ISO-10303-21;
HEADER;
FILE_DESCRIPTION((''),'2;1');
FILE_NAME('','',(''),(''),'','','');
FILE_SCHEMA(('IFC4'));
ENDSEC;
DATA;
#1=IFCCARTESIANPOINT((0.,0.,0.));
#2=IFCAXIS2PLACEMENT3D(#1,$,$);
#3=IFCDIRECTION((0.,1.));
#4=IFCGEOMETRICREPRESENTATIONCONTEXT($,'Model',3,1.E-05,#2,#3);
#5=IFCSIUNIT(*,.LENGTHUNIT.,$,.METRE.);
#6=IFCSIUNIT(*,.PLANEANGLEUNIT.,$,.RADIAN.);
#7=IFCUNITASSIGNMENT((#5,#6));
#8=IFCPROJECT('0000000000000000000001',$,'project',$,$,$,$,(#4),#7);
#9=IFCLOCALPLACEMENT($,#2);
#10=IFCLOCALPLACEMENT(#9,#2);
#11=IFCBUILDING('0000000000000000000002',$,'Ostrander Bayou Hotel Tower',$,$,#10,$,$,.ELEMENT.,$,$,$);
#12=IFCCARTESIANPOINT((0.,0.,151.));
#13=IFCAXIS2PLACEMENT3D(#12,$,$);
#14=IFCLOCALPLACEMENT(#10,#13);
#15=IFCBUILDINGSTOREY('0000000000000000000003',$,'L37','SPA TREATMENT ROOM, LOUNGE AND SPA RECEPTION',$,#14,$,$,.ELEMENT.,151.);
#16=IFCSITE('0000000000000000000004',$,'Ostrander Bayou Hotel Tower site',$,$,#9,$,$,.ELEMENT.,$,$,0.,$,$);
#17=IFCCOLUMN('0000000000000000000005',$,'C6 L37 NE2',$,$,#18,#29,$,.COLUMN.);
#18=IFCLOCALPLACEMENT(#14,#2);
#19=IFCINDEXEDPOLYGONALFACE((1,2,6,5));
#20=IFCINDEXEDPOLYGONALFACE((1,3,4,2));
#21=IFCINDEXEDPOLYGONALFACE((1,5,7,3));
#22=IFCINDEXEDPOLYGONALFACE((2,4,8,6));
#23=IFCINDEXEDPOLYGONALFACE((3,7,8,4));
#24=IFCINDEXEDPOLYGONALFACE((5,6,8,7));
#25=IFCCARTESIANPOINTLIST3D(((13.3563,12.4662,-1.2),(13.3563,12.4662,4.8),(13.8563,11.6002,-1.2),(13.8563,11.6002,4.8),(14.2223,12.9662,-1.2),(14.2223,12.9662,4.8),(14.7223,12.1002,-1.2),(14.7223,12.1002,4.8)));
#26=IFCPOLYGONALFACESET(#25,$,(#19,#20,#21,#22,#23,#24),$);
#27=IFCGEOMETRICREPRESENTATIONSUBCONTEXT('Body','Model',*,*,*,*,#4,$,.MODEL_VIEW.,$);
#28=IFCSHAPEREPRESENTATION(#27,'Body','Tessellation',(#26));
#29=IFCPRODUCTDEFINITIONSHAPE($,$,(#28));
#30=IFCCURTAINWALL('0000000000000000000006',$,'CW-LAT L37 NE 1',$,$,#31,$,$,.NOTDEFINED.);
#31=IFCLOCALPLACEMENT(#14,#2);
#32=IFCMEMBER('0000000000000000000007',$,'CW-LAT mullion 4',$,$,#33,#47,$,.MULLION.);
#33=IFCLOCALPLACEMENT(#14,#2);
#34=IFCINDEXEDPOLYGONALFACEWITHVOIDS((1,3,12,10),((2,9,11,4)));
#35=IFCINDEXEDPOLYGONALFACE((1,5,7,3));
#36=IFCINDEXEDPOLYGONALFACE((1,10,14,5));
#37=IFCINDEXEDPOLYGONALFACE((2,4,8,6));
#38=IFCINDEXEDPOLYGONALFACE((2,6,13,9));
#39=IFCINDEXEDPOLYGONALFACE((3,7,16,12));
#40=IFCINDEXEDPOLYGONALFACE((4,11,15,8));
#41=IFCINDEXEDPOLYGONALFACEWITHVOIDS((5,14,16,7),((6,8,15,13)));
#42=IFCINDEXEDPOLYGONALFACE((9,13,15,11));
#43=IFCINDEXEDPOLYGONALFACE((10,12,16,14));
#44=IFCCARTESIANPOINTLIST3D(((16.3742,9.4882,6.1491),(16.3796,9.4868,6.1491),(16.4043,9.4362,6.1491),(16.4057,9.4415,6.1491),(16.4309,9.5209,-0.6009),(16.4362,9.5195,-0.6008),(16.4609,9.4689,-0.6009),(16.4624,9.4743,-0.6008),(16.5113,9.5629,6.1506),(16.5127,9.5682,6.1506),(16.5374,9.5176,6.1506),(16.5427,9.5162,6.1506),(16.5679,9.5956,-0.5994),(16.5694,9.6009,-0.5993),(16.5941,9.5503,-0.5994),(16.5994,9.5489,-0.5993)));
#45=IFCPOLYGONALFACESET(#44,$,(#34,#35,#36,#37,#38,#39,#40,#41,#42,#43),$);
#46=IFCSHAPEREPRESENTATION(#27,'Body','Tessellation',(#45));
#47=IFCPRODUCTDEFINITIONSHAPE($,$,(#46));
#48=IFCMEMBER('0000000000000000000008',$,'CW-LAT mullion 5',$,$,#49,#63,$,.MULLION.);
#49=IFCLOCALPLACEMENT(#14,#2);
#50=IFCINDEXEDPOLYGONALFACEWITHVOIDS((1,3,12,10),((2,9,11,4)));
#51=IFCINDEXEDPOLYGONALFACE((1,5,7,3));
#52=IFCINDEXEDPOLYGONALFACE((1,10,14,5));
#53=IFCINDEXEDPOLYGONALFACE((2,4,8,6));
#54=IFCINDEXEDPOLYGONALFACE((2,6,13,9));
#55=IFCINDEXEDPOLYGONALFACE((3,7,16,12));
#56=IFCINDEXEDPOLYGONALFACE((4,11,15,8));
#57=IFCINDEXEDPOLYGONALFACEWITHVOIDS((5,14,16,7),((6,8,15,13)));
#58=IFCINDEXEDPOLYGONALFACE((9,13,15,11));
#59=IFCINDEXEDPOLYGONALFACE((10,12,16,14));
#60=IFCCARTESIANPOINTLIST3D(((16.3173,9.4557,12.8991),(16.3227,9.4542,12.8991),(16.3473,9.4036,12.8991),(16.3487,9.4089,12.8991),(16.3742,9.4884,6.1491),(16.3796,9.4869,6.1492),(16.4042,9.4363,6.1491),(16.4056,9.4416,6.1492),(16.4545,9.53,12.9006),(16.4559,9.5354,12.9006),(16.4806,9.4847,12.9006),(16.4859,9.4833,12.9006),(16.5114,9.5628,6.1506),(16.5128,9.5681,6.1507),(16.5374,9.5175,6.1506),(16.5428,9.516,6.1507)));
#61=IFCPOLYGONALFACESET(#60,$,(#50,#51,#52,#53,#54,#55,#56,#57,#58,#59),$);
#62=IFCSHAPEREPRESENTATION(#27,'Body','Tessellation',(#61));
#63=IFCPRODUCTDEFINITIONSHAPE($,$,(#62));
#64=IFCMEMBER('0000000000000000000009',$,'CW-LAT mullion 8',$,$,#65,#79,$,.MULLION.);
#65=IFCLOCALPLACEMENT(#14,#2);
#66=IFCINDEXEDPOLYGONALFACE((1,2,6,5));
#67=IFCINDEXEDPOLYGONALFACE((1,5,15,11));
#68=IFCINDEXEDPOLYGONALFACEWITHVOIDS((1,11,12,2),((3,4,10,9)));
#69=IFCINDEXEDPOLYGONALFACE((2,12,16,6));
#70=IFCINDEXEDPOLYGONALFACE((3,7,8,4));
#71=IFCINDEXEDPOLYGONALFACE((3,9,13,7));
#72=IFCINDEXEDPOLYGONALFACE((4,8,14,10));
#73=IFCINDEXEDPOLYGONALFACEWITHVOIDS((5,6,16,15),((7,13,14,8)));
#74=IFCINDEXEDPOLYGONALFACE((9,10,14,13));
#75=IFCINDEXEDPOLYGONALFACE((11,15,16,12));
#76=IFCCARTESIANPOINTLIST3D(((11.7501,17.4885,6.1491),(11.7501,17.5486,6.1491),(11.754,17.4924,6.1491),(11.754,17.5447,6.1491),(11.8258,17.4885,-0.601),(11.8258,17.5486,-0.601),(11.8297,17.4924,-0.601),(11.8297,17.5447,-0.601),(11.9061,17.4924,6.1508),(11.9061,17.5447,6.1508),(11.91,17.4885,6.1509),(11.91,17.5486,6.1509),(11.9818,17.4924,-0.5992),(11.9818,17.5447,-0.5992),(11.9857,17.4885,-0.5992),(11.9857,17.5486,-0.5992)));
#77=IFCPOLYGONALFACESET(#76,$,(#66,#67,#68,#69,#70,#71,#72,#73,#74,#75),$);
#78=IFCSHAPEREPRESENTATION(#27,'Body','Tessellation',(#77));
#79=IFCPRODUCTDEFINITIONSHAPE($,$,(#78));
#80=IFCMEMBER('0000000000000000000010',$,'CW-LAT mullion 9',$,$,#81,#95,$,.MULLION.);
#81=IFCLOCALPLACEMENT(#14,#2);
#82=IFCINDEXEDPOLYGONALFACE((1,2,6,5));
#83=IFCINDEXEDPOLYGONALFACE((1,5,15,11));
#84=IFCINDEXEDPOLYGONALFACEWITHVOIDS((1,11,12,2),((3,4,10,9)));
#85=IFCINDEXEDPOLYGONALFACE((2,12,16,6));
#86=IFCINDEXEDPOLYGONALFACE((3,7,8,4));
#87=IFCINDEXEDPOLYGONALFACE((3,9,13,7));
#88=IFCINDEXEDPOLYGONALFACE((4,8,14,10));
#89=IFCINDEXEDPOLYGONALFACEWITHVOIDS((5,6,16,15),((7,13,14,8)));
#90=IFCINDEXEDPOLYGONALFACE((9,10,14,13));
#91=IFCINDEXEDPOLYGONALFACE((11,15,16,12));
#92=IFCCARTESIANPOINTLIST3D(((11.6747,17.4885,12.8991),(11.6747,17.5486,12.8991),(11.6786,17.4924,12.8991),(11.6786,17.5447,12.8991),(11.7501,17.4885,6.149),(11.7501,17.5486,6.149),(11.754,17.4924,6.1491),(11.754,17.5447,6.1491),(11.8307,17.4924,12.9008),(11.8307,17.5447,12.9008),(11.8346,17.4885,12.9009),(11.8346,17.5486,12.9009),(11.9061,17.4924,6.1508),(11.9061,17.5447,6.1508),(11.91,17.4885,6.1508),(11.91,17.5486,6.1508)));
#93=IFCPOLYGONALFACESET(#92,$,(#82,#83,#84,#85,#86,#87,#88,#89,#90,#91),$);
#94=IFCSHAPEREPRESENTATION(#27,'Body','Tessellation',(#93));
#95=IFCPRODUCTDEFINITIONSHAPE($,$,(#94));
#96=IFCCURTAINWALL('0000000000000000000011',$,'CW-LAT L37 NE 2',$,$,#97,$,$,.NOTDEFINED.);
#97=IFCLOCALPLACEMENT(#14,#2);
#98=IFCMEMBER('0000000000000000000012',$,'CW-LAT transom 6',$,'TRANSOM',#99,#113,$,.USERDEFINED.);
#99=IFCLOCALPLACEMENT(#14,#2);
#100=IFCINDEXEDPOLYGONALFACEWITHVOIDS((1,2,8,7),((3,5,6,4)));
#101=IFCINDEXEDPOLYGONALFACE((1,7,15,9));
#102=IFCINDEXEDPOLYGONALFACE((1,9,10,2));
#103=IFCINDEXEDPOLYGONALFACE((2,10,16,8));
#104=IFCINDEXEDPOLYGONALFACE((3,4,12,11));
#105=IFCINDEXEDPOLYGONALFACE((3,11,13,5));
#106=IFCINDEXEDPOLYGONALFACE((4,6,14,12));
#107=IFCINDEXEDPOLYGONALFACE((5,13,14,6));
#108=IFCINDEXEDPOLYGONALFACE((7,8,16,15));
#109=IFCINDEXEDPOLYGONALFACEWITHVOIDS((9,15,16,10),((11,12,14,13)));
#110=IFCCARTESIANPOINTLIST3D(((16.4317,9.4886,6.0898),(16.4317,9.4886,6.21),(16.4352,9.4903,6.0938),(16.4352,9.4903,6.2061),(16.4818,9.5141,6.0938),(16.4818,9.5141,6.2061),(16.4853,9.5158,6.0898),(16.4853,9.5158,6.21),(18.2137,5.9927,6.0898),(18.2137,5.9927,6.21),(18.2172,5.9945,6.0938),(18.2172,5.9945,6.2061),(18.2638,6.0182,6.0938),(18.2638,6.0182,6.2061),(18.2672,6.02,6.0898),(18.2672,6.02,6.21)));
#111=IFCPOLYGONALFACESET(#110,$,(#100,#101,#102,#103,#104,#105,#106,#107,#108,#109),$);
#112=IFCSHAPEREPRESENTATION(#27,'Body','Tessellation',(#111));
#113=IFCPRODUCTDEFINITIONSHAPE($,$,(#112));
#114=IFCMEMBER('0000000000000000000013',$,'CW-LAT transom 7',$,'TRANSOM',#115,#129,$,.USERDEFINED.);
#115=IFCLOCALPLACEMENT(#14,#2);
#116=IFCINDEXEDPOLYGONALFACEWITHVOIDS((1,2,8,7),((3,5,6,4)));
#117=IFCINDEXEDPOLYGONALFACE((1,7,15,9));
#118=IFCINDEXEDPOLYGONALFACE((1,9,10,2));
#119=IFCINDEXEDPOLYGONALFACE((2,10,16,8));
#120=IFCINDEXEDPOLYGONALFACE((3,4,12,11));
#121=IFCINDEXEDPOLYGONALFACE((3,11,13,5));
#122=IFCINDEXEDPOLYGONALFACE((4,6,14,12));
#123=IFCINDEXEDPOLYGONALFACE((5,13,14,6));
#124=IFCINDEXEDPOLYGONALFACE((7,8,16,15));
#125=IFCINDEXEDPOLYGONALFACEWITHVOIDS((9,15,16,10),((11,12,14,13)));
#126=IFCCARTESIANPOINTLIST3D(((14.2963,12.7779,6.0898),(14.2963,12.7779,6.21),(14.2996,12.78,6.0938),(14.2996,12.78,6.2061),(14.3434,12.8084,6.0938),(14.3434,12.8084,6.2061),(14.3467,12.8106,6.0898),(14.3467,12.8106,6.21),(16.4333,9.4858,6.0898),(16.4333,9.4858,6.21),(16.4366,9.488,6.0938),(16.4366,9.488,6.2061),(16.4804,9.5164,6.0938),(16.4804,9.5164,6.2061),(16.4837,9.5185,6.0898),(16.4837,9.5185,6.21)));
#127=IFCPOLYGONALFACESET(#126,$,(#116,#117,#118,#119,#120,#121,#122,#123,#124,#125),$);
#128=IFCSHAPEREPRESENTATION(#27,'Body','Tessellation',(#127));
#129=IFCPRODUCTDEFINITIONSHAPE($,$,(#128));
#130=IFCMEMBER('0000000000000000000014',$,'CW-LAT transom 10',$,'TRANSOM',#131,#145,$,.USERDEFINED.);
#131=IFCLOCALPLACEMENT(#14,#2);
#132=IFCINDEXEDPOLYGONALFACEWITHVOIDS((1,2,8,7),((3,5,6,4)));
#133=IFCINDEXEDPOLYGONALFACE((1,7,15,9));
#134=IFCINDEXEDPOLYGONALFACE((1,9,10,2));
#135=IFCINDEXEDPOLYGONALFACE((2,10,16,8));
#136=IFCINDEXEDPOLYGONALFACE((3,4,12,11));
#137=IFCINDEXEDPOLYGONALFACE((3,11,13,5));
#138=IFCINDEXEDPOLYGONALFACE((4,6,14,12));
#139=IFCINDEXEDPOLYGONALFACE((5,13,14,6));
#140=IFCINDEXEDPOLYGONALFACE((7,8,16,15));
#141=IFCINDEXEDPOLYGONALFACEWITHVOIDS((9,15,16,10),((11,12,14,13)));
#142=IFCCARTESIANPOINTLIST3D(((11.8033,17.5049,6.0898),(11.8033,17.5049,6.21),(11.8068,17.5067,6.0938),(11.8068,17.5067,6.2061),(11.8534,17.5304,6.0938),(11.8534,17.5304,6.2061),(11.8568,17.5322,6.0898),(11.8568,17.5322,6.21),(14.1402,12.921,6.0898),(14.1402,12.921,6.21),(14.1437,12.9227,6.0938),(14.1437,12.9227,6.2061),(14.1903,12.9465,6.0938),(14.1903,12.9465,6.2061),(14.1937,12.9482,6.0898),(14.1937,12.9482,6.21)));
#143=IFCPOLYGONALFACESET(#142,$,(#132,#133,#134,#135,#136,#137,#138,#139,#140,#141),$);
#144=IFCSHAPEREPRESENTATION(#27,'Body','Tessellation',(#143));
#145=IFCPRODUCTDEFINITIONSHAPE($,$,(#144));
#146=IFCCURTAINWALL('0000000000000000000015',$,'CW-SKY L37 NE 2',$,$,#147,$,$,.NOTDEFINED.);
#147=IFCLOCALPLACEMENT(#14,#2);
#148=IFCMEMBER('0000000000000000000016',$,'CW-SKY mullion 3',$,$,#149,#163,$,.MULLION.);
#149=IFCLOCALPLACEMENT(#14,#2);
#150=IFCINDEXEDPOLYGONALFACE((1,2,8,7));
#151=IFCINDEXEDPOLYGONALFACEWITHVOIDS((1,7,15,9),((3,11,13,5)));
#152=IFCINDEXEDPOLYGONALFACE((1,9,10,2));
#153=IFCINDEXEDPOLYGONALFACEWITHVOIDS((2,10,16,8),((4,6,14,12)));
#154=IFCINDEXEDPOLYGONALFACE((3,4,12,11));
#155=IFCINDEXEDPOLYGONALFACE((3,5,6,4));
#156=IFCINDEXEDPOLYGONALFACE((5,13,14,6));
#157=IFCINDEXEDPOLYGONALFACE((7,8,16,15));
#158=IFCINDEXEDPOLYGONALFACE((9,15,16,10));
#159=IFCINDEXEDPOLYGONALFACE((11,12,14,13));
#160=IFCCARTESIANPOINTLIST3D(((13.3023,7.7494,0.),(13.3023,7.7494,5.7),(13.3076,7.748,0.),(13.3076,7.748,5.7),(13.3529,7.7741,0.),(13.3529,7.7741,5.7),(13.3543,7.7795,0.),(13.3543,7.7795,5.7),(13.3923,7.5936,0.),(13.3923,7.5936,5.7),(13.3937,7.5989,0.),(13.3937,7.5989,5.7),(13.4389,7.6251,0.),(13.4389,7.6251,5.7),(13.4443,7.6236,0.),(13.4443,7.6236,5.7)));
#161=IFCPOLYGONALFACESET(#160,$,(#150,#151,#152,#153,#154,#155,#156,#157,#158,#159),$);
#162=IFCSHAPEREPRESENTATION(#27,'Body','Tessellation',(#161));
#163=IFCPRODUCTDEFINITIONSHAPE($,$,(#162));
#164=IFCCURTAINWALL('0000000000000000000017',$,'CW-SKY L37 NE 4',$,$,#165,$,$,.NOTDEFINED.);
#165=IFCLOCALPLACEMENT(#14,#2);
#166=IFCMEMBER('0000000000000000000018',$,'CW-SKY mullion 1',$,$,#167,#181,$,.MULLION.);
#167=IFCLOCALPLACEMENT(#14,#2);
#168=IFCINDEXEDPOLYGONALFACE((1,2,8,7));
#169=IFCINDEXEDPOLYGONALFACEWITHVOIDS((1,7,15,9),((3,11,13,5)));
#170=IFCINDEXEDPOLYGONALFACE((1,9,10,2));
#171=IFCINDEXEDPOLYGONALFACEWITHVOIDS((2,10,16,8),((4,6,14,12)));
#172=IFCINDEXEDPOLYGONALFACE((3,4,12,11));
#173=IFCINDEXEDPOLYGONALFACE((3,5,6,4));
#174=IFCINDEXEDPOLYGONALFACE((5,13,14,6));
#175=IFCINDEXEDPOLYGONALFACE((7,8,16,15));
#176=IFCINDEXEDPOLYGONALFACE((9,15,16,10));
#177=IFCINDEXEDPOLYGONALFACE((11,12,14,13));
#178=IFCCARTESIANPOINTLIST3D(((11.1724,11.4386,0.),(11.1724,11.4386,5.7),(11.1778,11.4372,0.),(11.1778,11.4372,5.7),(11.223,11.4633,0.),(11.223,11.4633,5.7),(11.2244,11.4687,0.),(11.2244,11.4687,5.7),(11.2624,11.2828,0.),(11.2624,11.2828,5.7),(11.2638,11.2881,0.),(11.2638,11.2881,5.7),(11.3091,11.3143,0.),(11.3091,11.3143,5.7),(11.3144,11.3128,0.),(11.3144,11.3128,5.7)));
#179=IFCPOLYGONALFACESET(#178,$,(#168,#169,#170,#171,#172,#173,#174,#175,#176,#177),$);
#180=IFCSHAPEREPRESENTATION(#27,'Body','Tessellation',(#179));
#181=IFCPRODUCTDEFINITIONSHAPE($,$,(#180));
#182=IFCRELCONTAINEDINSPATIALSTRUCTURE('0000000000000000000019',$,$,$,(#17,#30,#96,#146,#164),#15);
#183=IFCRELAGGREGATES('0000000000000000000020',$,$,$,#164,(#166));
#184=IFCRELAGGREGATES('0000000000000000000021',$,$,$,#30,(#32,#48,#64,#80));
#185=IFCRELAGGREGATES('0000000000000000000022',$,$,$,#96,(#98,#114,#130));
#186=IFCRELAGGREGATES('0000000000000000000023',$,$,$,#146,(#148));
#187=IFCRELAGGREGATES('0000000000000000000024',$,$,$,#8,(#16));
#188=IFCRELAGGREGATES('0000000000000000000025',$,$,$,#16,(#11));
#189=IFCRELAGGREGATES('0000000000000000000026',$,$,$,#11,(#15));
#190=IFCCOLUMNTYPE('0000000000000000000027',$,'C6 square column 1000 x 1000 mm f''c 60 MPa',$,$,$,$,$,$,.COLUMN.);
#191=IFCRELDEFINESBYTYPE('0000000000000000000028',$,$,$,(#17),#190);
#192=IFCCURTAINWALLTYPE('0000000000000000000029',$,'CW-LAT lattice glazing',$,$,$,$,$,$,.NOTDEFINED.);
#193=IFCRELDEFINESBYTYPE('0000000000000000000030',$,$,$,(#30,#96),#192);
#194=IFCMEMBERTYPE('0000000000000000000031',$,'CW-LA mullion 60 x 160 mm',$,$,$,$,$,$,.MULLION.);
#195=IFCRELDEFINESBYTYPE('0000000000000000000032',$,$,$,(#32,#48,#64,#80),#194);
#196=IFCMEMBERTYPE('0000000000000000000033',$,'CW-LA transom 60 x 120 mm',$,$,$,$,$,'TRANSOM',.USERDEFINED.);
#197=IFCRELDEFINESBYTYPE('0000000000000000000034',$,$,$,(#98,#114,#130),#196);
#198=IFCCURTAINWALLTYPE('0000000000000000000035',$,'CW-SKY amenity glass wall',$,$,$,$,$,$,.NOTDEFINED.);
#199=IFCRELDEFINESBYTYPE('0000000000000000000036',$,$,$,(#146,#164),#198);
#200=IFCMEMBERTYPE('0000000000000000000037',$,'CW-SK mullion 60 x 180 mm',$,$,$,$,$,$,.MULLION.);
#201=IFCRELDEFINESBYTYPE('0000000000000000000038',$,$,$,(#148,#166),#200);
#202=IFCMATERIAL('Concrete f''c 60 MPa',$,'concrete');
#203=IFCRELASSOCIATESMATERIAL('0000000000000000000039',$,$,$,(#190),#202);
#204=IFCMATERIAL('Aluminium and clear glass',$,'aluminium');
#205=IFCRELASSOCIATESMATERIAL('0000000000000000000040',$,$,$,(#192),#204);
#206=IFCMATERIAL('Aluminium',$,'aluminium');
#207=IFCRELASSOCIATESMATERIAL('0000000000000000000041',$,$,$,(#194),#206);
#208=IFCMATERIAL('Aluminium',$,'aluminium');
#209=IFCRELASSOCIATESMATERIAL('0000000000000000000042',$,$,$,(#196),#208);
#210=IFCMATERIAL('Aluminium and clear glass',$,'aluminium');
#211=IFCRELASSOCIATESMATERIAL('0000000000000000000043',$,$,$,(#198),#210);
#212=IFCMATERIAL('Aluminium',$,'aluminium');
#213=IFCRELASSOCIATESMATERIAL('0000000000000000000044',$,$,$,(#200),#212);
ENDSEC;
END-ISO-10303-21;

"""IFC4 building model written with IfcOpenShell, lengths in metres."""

from ifc_helpers import new_model, si_unit, direction, frame, origin, origin_2d, place, context, subcontext, project, spatial, rectangle, hollow_rectangle, extrude, material, material_profile, profile_set, type_object, element, aggregate, save


model = new_model("IFC4")

# Units and contexts
model_context = context("Model", 3, precision=1e-05, world=origin(), true_north=direction((0.0, 1.0)))
body_context = subcontext(model_context, "Body", "Model", "MODEL_VIEW")
ifc_project = project(units=[si_unit("LENGTHUNIT", "METRE"), si_unit("PLANEANGLEUNIT", "RADIAN")], contexts=[model_context])

# Site, building, storey
site_placement = place(None, origin())
site = spatial("IfcSite", under=ifc_project, at=site_placement, Name="Ostrander Bayou Hotel Tower site", CompositionType="ELEMENT", RefElevation=0.0)
building_placement = place(site_placement, origin())
building = spatial("IfcBuilding", under=site, at=building_placement, Name="Ostrander Bayou Hotel Tower", CompositionType="ELEMENT")
storey_placement = place(building_placement, frame((0.0, 0.0, 151.0)))
storey = spatial("IfcBuildingStorey", under=building, at=storey_placement, Name="L37", Description="SPA TREATMENT ROOM, LOUNGE AND SPA RECEPTION", CompositionType="ELEMENT", Elevation=151.0)

# Column
ifc_material_1 = material(Name="Concrete f'c 60 MPa", Category="concrete")
ifc_material_profile_1 = material_profile(ifc_material_1, rectangle(XDim=1.0, YDim=1.0, at=origin_2d()))
ifc_profile_set_1 = profile_set([ifc_material_profile_1], Name="Concrete f'c 60 MPa")
column_type = type_object("IfcColumnType", Name="C6 square column 1000 x 1000 mm f'c 60 MPa", PredefinedType="COLUMN", material=ifc_profile_set_1)
column_placement = place(storey_placement, frame((14.0393, 12.2832, -1.2), z_axis=(0.0, 0.0, 1.0), x_axis=(0.5, -0.866025, 0.0)))
element("IfcColumn", 1, at=column_placement, inside=storey, type_object=column_type, Name="C6 L37 NE2", PredefinedType="COLUMN", context=body_context, shape_type="SweptSolid", body=[
    extrude(rectangle(XDim=1.0, YDim=1.0, at=origin_2d()), origin(), (0.0, 0.0, 1.0), 6.0),
])

# Curtain walls, members
ifc_material_2 = material(Name="Aluminium and clear glass", Category="aluminium")
curtain_wall_type_1 = type_object("IfcCurtainWallType", Name="CW-LAT lattice glazing", PredefinedType="NOTDEFINED", material=ifc_material_2)
curtain_wall_1_placement = place(storey_placement, origin())
curtain_wall_1 = element("IfcCurtainWall", 2, at=curtain_wall_1_placement, inside=storey, type_object=curtain_wall_type_1, Name="CW-LAT L37 NE 1", PredefinedType="NOTDEFINED")
ifc_material_3 = material(Name="Aluminium", Category="aluminium")
ifc_material_profile_2 = material_profile(ifc_material_3, hollow_rectangle(XDim=0.0601, YDim=0.1599, WallThickness=0.0039, at=origin_2d()))
ifc_profile_set_2 = profile_set([ifc_material_profile_2], Name="Aluminium")
member_type_1 = type_object("IfcMemberType", Name="CW-LA mullion 60 x 160 mm", PredefinedType="MULLION", material=ifc_profile_set_2)
member_1_placement = place(storey_placement, frame((16.5151, 9.5349, -0.6001), z_axis=(-0.008391, -0.004846, 0.999953), x_axis=(0.500153, -0.865937, 0.0)))
member_1 = element("IfcMember", 3, at=member_1_placement, type_object=member_type_1, Name="CW-LAT mullion 4", PredefinedType="MULLION", context=body_context, shape_type="SweptSolid", body=[
    extrude(hollow_rectangle(XDim=0.0601, YDim=0.1599, WallThickness=0.0039, at=origin_2d()), origin(), (0.0, 0.0, 1.0), 6.7502),
])
member_2_placement = place(storey_placement, frame((16.4585, 9.5022, 6.1499), z_axis=(-0.008427, -0.004846, 0.999953), x_axis=(0.498541, -0.866866, 0.0)))
member_2 = element("IfcMember", 4, at=member_2_placement, type_object=member_type_1, Name="CW-LAT mullion 5", PredefinedType="MULLION", context=body_context, shape_type="SweptSolid", body=[
    extrude(hollow_rectangle(XDim=0.0601, YDim=0.1599, WallThickness=0.0039, at=origin_2d()), origin(), (0.0, 0.0, 1.0), 6.7502),
])
member_3_placement = place(storey_placement, frame((11.9058, 17.5186, -0.6001), z_axis=(-0.011212, 0.0, 0.999937), x_axis=(0.0, -1.0, 0.0)))
member_3 = element("IfcMember", 5, at=member_3_placement, type_object=member_type_1, Name="CW-LAT mullion 8", PredefinedType="MULLION", context=body_context, shape_type="SweptSolid", body=[
    extrude(hollow_rectangle(XDim=0.0601, YDim=0.1599, WallThickness=0.0039, at=origin_2d()), origin(), (0.0, 0.0, 1.0), 6.7505),
])
member_4_placement = place(storey_placement, frame((11.8301, 17.5186, 6.1499), z_axis=(-0.011176, 0.0, 0.999938), x_axis=(0.0, -1.0, 0.0)))
member_4 = element("IfcMember", 6, at=member_4_placement, type_object=member_type_1, Name="CW-LAT mullion 9", PredefinedType="MULLION", context=body_context, shape_type="SweptSolid", body=[
    extrude(hollow_rectangle(XDim=0.0601, YDim=0.1599, WallThickness=0.0039, at=origin_2d()), origin(), (0.0, 0.0, 1.0), 6.7505),
])
curtain_wall_2_placement = place(storey_placement, origin())
curtain_wall_2 = element("IfcCurtainWall", 7, at=curtain_wall_2_placement, inside=storey, type_object=curtain_wall_type_1, Name="CW-LAT L37 NE 2", PredefinedType="NOTDEFINED")
ifc_material_4 = material(Name="Aluminium", Category="aluminium")
ifc_material_profile_3 = material_profile(ifc_material_4, hollow_rectangle(XDim=0.0601, YDim=0.1201, WallThickness=0.0039, at=origin_2d()))
ifc_profile_set_3 = profile_set([ifc_material_profile_3], Name="Aluminium")
member_type_2 = type_object("IfcMemberType", Name="CW-LA transom 60 x 120 mm", ElementType="TRANSOM", PredefinedType="USERDEFINED", material=ifc_profile_set_3)
member_5_placement = place(storey_placement, frame((16.4585, 9.5022, 6.1499), z_axis=(0.454144, -0.890928, 0.0), x_axis=(0.890928, 0.454144, 0.0)))
member_5 = element("IfcMember", 8, at=member_5_placement, type_object=member_type_2, Name="CW-LAT transom 6", ObjectType="TRANSOM", PredefinedType="USERDEFINED", context=body_context, shape_type="SweptSolid", body=[
    extrude(hollow_rectangle(XDim=0.0601, YDim=0.1201, WallThickness=0.0039, at=origin_2d()), origin(), (0.0, 0.0, 1.0), 3.9238),
])
member_6_placement = place(storey_placement, frame((16.4585, 9.5022, 6.1499), z_axis=(-0.544481, 0.838773, 0.0), x_axis=(-0.838773, -0.544481, 0.0)))
member_6 = element("IfcMember", 9, at=member_6_placement, type_object=member_type_2, Name="CW-LAT transom 7", ObjectType="TRANSOM", PredefinedType="USERDEFINED", context=body_context, shape_type="SweptSolid", body=[
    extrude(hollow_rectangle(XDim=0.0601, YDim=0.1201, WallThickness=0.0039, at=origin_2d()), origin(), (0.0, 0.0, 1.0), 3.9248),
])
member_7_placement = place(storey_placement, frame((11.8301, 17.5186, 6.1499), z_axis=(0.454184, -0.890908, 0.0), x_axis=(0.890908, 0.454184, 0.0)))
member_7 = element("IfcMember", 10, at=member_7_placement, type_object=member_type_2, Name="CW-LAT transom 10", ObjectType="TRANSOM", PredefinedType="USERDEFINED", context=body_context, shape_type="SweptSolid", body=[
    extrude(hollow_rectangle(XDim=0.0601, YDim=0.1201, WallThickness=0.0039, at=origin_2d()), origin(), (0.0, 0.0, 1.0), 5.1453),
])

# Curtain walls, members
ifc_material_5 = material(Name="Aluminium and clear glass", Category="aluminium")
curtain_wall_type_2 = type_object("IfcCurtainWallType", Name="CW-SKY amenity glass wall", PredefinedType="NOTDEFINED", material=ifc_material_5)
curtain_wall_3_placement = place(storey_placement, origin())
curtain_wall_3 = element("IfcCurtainWall", 11, at=curtain_wall_3_placement, inside=storey, type_object=curtain_wall_type_2, Name="CW-SKY L37 NE 2", PredefinedType="NOTDEFINED")
ifc_material_6 = material(Name="Aluminium", Category="aluminium")
ifc_material_profile_4 = material_profile(ifc_material_6, hollow_rectangle(XDim=0.0601, YDim=0.1799, WallThickness=0.0039, at=origin_2d()))
ifc_profile_set_4 = profile_set([ifc_material_profile_4], Name="Aluminium")
member_type_3 = type_object("IfcMemberType", Name="CW-SK mullion 60 x 180 mm", PredefinedType="MULLION", material=ifc_profile_set_4)
member_8_placement = place(storey_placement, frame((13.3733, 7.6865, 0.0), z_axis=(0.0, 0.0, 1.0), x_axis=(-0.866025, -0.5, 0.0)))
member_8 = element("IfcMember", 12, at=member_8_placement, type_object=member_type_3, Name="CW-SKY mullion 3", PredefinedType="MULLION", context=body_context, shape_type="SweptSolid", body=[
    extrude(hollow_rectangle(XDim=0.0601, YDim=0.1799, WallThickness=0.0039, at=origin_2d()), origin(), (0.0, 0.0, 1.0), 5.7),
])
curtain_wall_4_placement = place(storey_placement, origin())
curtain_wall_4 = element("IfcCurtainWall", 13, at=curtain_wall_4_placement, inside=storey, type_object=curtain_wall_type_2, Name="CW-SKY L37 NE 4", PredefinedType="NOTDEFINED")
member_9_placement = place(storey_placement, frame((11.2434, 11.3757, 0.0), z_axis=(0.0, 0.0, 1.0), x_axis=(-0.866025, -0.5, 0.0)))
member_9 = element("IfcMember", 14, at=member_9_placement, type_object=member_type_3, Name="CW-SKY mullion 1", PredefinedType="MULLION", context=body_context, shape_type="SweptSolid", body=[
    extrude(hollow_rectangle(XDim=0.0601, YDim=0.1799, WallThickness=0.0039, at=origin_2d()), origin(), (0.0, 0.0, 1.0), 5.7),
])
aggregate(curtain_wall_4, [member_9])

aggregate(curtain_wall_1, [member_1, member_2, member_3, member_4])
aggregate(curtain_wall_2, [member_5, member_6, member_7])
aggregate(curtain_wall_3, [member_8])

save(model, "model.ifc")
